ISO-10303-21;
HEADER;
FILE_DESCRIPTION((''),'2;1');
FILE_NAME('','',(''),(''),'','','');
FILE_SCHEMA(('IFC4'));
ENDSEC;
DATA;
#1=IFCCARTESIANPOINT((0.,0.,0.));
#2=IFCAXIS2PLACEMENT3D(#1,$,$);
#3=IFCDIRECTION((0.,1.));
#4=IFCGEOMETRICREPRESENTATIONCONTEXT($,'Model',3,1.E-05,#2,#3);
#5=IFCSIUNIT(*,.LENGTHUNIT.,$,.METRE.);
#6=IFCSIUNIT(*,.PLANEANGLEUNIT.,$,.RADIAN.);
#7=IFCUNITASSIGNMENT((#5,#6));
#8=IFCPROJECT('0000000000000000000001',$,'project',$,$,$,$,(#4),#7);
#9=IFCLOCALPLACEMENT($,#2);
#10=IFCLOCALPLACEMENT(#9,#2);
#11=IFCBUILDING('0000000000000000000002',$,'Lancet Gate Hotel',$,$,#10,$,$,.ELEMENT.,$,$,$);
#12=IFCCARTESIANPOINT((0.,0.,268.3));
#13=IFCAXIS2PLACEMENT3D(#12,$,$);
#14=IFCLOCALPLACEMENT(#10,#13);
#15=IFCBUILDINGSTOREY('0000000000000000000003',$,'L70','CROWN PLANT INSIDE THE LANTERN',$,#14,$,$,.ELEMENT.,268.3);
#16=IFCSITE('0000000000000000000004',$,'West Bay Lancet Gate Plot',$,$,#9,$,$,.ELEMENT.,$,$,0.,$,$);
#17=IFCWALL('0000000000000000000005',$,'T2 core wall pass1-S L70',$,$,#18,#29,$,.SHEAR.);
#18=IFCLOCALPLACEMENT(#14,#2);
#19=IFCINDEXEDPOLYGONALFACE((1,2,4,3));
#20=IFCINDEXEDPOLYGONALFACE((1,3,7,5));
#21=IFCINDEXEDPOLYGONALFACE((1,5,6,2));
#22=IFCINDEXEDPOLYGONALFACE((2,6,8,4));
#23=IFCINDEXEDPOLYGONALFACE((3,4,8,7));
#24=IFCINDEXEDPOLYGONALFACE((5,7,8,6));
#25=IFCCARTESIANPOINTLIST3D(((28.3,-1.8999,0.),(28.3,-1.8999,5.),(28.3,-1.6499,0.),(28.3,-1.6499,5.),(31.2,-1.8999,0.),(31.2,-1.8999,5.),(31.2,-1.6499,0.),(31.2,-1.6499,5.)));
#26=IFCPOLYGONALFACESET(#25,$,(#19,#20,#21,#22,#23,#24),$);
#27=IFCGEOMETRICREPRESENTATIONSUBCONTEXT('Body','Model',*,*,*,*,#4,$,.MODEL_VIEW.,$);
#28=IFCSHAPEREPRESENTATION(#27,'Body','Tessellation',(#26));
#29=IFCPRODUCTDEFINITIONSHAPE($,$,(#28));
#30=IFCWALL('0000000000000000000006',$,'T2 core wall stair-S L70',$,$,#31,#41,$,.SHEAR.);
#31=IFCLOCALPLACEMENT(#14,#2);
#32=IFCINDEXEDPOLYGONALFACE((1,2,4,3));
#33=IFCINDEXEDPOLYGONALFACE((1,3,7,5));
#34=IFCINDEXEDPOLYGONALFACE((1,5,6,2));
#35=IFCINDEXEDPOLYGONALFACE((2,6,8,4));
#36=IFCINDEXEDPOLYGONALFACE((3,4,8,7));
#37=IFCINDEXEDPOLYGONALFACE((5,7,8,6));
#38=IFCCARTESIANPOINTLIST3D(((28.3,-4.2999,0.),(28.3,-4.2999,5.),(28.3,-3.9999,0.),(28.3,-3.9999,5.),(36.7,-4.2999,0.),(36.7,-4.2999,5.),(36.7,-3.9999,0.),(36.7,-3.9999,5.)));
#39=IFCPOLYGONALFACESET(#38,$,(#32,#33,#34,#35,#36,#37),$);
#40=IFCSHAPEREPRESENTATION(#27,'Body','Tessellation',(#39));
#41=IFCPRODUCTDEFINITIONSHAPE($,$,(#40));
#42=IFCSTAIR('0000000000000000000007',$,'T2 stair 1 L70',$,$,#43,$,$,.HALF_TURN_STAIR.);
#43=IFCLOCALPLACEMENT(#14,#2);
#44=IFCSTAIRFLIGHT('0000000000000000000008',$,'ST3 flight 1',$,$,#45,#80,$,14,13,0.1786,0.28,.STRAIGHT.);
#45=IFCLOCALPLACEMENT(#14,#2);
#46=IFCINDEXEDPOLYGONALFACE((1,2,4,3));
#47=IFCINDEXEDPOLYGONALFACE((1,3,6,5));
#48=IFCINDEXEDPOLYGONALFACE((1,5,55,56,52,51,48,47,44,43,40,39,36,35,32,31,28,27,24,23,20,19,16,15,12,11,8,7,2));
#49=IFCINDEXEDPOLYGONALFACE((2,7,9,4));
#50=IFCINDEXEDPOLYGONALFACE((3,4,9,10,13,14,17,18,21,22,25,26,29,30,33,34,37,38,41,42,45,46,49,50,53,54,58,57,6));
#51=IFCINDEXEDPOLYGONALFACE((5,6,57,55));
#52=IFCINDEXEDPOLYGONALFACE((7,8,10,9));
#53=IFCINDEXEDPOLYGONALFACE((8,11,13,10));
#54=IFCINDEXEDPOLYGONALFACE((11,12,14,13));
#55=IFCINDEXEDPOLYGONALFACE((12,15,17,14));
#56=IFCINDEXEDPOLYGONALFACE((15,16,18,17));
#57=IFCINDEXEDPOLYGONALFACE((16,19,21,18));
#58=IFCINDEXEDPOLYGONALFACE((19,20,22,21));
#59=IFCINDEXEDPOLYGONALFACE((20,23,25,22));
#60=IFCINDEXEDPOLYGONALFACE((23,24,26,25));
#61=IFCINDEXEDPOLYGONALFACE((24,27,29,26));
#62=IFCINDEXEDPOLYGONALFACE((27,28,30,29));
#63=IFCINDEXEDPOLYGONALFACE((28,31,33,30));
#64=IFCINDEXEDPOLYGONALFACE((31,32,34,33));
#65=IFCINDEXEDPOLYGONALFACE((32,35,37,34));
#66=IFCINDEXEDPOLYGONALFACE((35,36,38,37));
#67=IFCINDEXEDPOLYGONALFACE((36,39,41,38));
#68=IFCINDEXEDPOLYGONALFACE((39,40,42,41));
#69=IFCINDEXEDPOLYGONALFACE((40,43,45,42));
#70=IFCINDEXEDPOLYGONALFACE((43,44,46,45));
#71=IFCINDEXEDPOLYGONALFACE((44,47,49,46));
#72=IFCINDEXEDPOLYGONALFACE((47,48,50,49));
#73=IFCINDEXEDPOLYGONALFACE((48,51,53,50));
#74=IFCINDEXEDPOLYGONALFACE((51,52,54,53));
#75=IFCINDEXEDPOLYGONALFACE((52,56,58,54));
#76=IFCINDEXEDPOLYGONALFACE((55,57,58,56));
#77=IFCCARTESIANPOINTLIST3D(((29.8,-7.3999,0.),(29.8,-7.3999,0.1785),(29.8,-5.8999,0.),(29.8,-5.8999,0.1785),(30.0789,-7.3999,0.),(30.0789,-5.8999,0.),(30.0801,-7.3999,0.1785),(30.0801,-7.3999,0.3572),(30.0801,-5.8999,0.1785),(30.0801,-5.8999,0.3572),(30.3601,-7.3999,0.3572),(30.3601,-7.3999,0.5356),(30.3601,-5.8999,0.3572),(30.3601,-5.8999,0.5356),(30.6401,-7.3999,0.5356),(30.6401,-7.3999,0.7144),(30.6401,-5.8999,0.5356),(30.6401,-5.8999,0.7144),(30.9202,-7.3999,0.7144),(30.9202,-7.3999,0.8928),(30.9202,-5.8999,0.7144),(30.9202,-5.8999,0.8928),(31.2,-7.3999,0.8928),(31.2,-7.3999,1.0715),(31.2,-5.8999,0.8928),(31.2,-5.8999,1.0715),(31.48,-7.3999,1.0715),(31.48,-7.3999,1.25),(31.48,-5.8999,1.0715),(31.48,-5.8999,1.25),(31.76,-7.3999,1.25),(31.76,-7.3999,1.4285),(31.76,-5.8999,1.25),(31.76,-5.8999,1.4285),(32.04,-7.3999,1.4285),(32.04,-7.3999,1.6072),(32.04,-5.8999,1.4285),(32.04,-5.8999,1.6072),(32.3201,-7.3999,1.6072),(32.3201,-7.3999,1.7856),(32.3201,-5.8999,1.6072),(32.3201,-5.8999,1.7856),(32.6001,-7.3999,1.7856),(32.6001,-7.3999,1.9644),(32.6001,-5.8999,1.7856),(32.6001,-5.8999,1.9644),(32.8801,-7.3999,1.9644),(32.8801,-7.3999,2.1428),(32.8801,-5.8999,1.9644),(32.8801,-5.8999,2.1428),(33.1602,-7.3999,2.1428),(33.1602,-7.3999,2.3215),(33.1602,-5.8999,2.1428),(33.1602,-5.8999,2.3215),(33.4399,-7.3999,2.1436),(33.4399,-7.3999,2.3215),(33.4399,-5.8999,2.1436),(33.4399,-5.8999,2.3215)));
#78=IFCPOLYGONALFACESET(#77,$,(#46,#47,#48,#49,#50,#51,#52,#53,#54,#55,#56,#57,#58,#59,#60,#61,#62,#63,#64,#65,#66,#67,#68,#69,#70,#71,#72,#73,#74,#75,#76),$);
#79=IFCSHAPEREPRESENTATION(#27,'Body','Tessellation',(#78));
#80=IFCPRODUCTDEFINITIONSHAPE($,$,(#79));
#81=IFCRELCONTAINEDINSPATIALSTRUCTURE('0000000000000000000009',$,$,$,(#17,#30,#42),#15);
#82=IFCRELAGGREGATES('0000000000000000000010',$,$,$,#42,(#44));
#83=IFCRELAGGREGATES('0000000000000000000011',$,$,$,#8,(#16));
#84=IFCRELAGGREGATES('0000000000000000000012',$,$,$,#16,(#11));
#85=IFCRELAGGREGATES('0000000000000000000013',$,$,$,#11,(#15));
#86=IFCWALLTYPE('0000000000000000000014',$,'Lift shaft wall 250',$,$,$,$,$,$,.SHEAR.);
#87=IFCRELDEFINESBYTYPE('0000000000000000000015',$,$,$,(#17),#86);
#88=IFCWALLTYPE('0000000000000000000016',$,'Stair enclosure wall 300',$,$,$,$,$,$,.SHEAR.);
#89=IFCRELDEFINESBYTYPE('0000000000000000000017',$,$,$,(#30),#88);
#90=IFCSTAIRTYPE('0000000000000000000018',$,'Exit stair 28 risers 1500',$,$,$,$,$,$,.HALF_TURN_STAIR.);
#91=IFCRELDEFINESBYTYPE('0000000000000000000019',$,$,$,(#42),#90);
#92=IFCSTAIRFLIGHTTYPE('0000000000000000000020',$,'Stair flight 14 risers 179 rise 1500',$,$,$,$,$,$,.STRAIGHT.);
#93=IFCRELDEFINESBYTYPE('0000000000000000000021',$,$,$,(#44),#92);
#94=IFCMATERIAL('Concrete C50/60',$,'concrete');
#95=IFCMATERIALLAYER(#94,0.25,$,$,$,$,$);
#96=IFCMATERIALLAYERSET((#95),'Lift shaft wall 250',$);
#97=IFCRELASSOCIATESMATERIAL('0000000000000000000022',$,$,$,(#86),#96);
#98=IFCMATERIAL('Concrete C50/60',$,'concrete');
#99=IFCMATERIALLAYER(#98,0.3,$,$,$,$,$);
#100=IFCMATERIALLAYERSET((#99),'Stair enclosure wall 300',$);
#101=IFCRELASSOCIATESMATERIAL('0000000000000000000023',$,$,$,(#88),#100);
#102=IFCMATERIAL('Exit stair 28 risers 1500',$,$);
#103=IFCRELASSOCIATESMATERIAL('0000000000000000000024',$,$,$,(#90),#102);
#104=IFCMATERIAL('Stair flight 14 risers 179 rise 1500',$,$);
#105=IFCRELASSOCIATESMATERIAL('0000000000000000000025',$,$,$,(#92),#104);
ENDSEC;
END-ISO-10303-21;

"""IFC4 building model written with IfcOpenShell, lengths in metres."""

from ifc_helpers import new_model, si_unit, direction, frame, frame_2d, origin, place, context, subcontext, project, spatial, polyline, rectangle, outline, extrude, material, layer, layer_set, type_object, element, aggregate, save


model = new_model("IFC4")

# Units and contexts
model_context = context("Model", 3, precision=1e-05, world=origin(), true_north=direction((0.0, 1.0)))
body_context = subcontext(model_context, "Body", "Model", "MODEL_VIEW")
ifc_project = project(units=[si_unit("LENGTHUNIT", "METRE"), si_unit("PLANEANGLEUNIT", "RADIAN")], contexts=[model_context])

# Site, building, storey
site_placement = place(None, origin())
site = spatial("IfcSite", under=ifc_project, at=site_placement, Name="West Bay Lancet Gate Plot", CompositionType="ELEMENT", RefElevation=0.0)
building_placement = place(site_placement, origin())
building = spatial("IfcBuilding", under=site, at=building_placement, Name="Lancet Gate Hotel", CompositionType="ELEMENT")
storey_placement = place(building_placement, frame((0.0, 0.0, 268.3)))
storey = spatial("IfcBuildingStorey", under=building, at=storey_placement, Name="L70", Description="CROWN PLANT INSIDE THE LANTERN", CompositionType="ELEMENT", Elevation=268.3)

# Shared definitions
ifc_material_1 = material(Name="Concrete C50/60", Category="concrete")
ifc_layer_1 = layer(ifc_material_1, 0.25)
ifc_layer_set_1 = layer_set([ifc_layer_1], Name="Lift shaft wall 250")
wall_type_1 = type_object("IfcWallType", Name="Lift shaft wall 250", PredefinedType="SHEAR", material=ifc_layer_set_1)

# Walls
wall_1_placement = place(storey_placement, frame((28.3, -1.7749, 0.0), z_axis=(0.0, 0.0, 1.0), x_axis=(1.0, 0.0, 0.0)))
element("IfcWall", 1, at=wall_1_placement, inside=storey, type_object=wall_type_1, Name="T2 core wall pass1-S L70", PredefinedType="SHEAR", context=body_context, shape_type="SweptSolid", body=[
    extrude(rectangle(XDim=2.8999, YDim=0.25, at=frame_2d((1.45, 0.0))), origin(), (0.0, 0.0, 1.0), 5.0),
])
ifc_material_2 = material(Name="Concrete C50/60", Category="concrete")
ifc_layer_2 = layer(ifc_material_2, 0.3)
ifc_layer_set_2 = layer_set([ifc_layer_2], Name="Stair enclosure wall 300")
wall_type_2 = type_object("IfcWallType", Name="Stair enclosure wall 300", PredefinedType="SHEAR", material=ifc_layer_set_2)
wall_2_placement = place(storey_placement, frame((28.3, -4.1499, 0.0), z_axis=(0.0, 0.0, 1.0), x_axis=(1.0, 0.0, 0.0)))
element("IfcWall", 2, at=wall_2_placement, inside=storey, type_object=wall_type_2, Name="T2 core wall stair-S L70", PredefinedType="SHEAR", context=body_context, shape_type="SweptSolid", body=[
    extrude(rectangle(XDim=8.3999, YDim=0.3, at=frame_2d((4.2, 0.0))), origin(), (0.0, 0.0, 1.0), 5.0),
])

# Stair, stair flight
ifc_material_3 = material(Name="Exit stair 28 risers 1500")
stair_type = type_object("IfcStairType", Name="Exit stair 28 risers 1500", PredefinedType="HALF_TURN_STAIR", material=ifc_material_3)
stair_placement = place(storey_placement, origin())
stair = element("IfcStair", 3, at=stair_placement, inside=storey, type_object=stair_type, Name="T2 stair 1 L70", PredefinedType="HALF_TURN_STAIR")
ifc_material_4 = material(Name="Stair flight 14 risers 179 rise 1500")
stair_flight_type = type_object("IfcStairFlightType", Name="Stair flight 14 risers 179 rise 1500", PredefinedType="STRAIGHT", material=ifc_material_4)
stair_flight_placement = place(storey_placement, frame((29.8, -6.6499, 0.0), z_axis=(0.0, 0.0, 1.0), x_axis=(1.0, 0.0, 0.0)))
stair_flight = element("IfcStairFlight", 4, at=stair_flight_placement, type_object=stair_flight_type, Name="ST3 flight 1", NumberOfRisers=14, NumberOfTreads=13, PredefinedType="STRAIGHT", RiserHeight=0.1786, TreadLength=0.28, context=body_context, shape_type="SweptSolid", body=[
    extrude(outline(polyline([(0.0, 0.0), (0.0, 0.1785), (0.28, 0.1785), (0.28, 0.3572), (0.5601, 0.3572), (0.5601, 0.5356), (0.8401, 0.5356), (0.8401, 0.7144), (1.1201, 0.7144), (1.1201, 0.8928), (1.3999, 0.8928), (1.3999, 1.0715), (1.6799, 1.0715), (1.6799, 1.25), (1.96, 1.25), (1.96, 1.4285), (2.24, 1.4285), (2.24, 1.6072), (2.52, 1.6072), (2.52, 1.7856), (2.8, 1.7856), (2.8, 1.9644), (3.0801, 1.9644), (3.0801, 2.1428), (3.3601, 2.1428), (3.3601, 2.3215), (3.6399, 2.3215), (3.6399, 2.5), (3.6399, 2.1436), (0.2788, 0.0), (0.0, 0.0)])), frame((0.0, 0.75, 0.0), z_axis=(0.0, -1.0, 0.0), x_axis=(1.0, 0.0, 0.0)), (0.0, 0.0, 1.0), 1.5),
])
aggregate(stair, [stair_flight])

save(model, "model.ifc")
